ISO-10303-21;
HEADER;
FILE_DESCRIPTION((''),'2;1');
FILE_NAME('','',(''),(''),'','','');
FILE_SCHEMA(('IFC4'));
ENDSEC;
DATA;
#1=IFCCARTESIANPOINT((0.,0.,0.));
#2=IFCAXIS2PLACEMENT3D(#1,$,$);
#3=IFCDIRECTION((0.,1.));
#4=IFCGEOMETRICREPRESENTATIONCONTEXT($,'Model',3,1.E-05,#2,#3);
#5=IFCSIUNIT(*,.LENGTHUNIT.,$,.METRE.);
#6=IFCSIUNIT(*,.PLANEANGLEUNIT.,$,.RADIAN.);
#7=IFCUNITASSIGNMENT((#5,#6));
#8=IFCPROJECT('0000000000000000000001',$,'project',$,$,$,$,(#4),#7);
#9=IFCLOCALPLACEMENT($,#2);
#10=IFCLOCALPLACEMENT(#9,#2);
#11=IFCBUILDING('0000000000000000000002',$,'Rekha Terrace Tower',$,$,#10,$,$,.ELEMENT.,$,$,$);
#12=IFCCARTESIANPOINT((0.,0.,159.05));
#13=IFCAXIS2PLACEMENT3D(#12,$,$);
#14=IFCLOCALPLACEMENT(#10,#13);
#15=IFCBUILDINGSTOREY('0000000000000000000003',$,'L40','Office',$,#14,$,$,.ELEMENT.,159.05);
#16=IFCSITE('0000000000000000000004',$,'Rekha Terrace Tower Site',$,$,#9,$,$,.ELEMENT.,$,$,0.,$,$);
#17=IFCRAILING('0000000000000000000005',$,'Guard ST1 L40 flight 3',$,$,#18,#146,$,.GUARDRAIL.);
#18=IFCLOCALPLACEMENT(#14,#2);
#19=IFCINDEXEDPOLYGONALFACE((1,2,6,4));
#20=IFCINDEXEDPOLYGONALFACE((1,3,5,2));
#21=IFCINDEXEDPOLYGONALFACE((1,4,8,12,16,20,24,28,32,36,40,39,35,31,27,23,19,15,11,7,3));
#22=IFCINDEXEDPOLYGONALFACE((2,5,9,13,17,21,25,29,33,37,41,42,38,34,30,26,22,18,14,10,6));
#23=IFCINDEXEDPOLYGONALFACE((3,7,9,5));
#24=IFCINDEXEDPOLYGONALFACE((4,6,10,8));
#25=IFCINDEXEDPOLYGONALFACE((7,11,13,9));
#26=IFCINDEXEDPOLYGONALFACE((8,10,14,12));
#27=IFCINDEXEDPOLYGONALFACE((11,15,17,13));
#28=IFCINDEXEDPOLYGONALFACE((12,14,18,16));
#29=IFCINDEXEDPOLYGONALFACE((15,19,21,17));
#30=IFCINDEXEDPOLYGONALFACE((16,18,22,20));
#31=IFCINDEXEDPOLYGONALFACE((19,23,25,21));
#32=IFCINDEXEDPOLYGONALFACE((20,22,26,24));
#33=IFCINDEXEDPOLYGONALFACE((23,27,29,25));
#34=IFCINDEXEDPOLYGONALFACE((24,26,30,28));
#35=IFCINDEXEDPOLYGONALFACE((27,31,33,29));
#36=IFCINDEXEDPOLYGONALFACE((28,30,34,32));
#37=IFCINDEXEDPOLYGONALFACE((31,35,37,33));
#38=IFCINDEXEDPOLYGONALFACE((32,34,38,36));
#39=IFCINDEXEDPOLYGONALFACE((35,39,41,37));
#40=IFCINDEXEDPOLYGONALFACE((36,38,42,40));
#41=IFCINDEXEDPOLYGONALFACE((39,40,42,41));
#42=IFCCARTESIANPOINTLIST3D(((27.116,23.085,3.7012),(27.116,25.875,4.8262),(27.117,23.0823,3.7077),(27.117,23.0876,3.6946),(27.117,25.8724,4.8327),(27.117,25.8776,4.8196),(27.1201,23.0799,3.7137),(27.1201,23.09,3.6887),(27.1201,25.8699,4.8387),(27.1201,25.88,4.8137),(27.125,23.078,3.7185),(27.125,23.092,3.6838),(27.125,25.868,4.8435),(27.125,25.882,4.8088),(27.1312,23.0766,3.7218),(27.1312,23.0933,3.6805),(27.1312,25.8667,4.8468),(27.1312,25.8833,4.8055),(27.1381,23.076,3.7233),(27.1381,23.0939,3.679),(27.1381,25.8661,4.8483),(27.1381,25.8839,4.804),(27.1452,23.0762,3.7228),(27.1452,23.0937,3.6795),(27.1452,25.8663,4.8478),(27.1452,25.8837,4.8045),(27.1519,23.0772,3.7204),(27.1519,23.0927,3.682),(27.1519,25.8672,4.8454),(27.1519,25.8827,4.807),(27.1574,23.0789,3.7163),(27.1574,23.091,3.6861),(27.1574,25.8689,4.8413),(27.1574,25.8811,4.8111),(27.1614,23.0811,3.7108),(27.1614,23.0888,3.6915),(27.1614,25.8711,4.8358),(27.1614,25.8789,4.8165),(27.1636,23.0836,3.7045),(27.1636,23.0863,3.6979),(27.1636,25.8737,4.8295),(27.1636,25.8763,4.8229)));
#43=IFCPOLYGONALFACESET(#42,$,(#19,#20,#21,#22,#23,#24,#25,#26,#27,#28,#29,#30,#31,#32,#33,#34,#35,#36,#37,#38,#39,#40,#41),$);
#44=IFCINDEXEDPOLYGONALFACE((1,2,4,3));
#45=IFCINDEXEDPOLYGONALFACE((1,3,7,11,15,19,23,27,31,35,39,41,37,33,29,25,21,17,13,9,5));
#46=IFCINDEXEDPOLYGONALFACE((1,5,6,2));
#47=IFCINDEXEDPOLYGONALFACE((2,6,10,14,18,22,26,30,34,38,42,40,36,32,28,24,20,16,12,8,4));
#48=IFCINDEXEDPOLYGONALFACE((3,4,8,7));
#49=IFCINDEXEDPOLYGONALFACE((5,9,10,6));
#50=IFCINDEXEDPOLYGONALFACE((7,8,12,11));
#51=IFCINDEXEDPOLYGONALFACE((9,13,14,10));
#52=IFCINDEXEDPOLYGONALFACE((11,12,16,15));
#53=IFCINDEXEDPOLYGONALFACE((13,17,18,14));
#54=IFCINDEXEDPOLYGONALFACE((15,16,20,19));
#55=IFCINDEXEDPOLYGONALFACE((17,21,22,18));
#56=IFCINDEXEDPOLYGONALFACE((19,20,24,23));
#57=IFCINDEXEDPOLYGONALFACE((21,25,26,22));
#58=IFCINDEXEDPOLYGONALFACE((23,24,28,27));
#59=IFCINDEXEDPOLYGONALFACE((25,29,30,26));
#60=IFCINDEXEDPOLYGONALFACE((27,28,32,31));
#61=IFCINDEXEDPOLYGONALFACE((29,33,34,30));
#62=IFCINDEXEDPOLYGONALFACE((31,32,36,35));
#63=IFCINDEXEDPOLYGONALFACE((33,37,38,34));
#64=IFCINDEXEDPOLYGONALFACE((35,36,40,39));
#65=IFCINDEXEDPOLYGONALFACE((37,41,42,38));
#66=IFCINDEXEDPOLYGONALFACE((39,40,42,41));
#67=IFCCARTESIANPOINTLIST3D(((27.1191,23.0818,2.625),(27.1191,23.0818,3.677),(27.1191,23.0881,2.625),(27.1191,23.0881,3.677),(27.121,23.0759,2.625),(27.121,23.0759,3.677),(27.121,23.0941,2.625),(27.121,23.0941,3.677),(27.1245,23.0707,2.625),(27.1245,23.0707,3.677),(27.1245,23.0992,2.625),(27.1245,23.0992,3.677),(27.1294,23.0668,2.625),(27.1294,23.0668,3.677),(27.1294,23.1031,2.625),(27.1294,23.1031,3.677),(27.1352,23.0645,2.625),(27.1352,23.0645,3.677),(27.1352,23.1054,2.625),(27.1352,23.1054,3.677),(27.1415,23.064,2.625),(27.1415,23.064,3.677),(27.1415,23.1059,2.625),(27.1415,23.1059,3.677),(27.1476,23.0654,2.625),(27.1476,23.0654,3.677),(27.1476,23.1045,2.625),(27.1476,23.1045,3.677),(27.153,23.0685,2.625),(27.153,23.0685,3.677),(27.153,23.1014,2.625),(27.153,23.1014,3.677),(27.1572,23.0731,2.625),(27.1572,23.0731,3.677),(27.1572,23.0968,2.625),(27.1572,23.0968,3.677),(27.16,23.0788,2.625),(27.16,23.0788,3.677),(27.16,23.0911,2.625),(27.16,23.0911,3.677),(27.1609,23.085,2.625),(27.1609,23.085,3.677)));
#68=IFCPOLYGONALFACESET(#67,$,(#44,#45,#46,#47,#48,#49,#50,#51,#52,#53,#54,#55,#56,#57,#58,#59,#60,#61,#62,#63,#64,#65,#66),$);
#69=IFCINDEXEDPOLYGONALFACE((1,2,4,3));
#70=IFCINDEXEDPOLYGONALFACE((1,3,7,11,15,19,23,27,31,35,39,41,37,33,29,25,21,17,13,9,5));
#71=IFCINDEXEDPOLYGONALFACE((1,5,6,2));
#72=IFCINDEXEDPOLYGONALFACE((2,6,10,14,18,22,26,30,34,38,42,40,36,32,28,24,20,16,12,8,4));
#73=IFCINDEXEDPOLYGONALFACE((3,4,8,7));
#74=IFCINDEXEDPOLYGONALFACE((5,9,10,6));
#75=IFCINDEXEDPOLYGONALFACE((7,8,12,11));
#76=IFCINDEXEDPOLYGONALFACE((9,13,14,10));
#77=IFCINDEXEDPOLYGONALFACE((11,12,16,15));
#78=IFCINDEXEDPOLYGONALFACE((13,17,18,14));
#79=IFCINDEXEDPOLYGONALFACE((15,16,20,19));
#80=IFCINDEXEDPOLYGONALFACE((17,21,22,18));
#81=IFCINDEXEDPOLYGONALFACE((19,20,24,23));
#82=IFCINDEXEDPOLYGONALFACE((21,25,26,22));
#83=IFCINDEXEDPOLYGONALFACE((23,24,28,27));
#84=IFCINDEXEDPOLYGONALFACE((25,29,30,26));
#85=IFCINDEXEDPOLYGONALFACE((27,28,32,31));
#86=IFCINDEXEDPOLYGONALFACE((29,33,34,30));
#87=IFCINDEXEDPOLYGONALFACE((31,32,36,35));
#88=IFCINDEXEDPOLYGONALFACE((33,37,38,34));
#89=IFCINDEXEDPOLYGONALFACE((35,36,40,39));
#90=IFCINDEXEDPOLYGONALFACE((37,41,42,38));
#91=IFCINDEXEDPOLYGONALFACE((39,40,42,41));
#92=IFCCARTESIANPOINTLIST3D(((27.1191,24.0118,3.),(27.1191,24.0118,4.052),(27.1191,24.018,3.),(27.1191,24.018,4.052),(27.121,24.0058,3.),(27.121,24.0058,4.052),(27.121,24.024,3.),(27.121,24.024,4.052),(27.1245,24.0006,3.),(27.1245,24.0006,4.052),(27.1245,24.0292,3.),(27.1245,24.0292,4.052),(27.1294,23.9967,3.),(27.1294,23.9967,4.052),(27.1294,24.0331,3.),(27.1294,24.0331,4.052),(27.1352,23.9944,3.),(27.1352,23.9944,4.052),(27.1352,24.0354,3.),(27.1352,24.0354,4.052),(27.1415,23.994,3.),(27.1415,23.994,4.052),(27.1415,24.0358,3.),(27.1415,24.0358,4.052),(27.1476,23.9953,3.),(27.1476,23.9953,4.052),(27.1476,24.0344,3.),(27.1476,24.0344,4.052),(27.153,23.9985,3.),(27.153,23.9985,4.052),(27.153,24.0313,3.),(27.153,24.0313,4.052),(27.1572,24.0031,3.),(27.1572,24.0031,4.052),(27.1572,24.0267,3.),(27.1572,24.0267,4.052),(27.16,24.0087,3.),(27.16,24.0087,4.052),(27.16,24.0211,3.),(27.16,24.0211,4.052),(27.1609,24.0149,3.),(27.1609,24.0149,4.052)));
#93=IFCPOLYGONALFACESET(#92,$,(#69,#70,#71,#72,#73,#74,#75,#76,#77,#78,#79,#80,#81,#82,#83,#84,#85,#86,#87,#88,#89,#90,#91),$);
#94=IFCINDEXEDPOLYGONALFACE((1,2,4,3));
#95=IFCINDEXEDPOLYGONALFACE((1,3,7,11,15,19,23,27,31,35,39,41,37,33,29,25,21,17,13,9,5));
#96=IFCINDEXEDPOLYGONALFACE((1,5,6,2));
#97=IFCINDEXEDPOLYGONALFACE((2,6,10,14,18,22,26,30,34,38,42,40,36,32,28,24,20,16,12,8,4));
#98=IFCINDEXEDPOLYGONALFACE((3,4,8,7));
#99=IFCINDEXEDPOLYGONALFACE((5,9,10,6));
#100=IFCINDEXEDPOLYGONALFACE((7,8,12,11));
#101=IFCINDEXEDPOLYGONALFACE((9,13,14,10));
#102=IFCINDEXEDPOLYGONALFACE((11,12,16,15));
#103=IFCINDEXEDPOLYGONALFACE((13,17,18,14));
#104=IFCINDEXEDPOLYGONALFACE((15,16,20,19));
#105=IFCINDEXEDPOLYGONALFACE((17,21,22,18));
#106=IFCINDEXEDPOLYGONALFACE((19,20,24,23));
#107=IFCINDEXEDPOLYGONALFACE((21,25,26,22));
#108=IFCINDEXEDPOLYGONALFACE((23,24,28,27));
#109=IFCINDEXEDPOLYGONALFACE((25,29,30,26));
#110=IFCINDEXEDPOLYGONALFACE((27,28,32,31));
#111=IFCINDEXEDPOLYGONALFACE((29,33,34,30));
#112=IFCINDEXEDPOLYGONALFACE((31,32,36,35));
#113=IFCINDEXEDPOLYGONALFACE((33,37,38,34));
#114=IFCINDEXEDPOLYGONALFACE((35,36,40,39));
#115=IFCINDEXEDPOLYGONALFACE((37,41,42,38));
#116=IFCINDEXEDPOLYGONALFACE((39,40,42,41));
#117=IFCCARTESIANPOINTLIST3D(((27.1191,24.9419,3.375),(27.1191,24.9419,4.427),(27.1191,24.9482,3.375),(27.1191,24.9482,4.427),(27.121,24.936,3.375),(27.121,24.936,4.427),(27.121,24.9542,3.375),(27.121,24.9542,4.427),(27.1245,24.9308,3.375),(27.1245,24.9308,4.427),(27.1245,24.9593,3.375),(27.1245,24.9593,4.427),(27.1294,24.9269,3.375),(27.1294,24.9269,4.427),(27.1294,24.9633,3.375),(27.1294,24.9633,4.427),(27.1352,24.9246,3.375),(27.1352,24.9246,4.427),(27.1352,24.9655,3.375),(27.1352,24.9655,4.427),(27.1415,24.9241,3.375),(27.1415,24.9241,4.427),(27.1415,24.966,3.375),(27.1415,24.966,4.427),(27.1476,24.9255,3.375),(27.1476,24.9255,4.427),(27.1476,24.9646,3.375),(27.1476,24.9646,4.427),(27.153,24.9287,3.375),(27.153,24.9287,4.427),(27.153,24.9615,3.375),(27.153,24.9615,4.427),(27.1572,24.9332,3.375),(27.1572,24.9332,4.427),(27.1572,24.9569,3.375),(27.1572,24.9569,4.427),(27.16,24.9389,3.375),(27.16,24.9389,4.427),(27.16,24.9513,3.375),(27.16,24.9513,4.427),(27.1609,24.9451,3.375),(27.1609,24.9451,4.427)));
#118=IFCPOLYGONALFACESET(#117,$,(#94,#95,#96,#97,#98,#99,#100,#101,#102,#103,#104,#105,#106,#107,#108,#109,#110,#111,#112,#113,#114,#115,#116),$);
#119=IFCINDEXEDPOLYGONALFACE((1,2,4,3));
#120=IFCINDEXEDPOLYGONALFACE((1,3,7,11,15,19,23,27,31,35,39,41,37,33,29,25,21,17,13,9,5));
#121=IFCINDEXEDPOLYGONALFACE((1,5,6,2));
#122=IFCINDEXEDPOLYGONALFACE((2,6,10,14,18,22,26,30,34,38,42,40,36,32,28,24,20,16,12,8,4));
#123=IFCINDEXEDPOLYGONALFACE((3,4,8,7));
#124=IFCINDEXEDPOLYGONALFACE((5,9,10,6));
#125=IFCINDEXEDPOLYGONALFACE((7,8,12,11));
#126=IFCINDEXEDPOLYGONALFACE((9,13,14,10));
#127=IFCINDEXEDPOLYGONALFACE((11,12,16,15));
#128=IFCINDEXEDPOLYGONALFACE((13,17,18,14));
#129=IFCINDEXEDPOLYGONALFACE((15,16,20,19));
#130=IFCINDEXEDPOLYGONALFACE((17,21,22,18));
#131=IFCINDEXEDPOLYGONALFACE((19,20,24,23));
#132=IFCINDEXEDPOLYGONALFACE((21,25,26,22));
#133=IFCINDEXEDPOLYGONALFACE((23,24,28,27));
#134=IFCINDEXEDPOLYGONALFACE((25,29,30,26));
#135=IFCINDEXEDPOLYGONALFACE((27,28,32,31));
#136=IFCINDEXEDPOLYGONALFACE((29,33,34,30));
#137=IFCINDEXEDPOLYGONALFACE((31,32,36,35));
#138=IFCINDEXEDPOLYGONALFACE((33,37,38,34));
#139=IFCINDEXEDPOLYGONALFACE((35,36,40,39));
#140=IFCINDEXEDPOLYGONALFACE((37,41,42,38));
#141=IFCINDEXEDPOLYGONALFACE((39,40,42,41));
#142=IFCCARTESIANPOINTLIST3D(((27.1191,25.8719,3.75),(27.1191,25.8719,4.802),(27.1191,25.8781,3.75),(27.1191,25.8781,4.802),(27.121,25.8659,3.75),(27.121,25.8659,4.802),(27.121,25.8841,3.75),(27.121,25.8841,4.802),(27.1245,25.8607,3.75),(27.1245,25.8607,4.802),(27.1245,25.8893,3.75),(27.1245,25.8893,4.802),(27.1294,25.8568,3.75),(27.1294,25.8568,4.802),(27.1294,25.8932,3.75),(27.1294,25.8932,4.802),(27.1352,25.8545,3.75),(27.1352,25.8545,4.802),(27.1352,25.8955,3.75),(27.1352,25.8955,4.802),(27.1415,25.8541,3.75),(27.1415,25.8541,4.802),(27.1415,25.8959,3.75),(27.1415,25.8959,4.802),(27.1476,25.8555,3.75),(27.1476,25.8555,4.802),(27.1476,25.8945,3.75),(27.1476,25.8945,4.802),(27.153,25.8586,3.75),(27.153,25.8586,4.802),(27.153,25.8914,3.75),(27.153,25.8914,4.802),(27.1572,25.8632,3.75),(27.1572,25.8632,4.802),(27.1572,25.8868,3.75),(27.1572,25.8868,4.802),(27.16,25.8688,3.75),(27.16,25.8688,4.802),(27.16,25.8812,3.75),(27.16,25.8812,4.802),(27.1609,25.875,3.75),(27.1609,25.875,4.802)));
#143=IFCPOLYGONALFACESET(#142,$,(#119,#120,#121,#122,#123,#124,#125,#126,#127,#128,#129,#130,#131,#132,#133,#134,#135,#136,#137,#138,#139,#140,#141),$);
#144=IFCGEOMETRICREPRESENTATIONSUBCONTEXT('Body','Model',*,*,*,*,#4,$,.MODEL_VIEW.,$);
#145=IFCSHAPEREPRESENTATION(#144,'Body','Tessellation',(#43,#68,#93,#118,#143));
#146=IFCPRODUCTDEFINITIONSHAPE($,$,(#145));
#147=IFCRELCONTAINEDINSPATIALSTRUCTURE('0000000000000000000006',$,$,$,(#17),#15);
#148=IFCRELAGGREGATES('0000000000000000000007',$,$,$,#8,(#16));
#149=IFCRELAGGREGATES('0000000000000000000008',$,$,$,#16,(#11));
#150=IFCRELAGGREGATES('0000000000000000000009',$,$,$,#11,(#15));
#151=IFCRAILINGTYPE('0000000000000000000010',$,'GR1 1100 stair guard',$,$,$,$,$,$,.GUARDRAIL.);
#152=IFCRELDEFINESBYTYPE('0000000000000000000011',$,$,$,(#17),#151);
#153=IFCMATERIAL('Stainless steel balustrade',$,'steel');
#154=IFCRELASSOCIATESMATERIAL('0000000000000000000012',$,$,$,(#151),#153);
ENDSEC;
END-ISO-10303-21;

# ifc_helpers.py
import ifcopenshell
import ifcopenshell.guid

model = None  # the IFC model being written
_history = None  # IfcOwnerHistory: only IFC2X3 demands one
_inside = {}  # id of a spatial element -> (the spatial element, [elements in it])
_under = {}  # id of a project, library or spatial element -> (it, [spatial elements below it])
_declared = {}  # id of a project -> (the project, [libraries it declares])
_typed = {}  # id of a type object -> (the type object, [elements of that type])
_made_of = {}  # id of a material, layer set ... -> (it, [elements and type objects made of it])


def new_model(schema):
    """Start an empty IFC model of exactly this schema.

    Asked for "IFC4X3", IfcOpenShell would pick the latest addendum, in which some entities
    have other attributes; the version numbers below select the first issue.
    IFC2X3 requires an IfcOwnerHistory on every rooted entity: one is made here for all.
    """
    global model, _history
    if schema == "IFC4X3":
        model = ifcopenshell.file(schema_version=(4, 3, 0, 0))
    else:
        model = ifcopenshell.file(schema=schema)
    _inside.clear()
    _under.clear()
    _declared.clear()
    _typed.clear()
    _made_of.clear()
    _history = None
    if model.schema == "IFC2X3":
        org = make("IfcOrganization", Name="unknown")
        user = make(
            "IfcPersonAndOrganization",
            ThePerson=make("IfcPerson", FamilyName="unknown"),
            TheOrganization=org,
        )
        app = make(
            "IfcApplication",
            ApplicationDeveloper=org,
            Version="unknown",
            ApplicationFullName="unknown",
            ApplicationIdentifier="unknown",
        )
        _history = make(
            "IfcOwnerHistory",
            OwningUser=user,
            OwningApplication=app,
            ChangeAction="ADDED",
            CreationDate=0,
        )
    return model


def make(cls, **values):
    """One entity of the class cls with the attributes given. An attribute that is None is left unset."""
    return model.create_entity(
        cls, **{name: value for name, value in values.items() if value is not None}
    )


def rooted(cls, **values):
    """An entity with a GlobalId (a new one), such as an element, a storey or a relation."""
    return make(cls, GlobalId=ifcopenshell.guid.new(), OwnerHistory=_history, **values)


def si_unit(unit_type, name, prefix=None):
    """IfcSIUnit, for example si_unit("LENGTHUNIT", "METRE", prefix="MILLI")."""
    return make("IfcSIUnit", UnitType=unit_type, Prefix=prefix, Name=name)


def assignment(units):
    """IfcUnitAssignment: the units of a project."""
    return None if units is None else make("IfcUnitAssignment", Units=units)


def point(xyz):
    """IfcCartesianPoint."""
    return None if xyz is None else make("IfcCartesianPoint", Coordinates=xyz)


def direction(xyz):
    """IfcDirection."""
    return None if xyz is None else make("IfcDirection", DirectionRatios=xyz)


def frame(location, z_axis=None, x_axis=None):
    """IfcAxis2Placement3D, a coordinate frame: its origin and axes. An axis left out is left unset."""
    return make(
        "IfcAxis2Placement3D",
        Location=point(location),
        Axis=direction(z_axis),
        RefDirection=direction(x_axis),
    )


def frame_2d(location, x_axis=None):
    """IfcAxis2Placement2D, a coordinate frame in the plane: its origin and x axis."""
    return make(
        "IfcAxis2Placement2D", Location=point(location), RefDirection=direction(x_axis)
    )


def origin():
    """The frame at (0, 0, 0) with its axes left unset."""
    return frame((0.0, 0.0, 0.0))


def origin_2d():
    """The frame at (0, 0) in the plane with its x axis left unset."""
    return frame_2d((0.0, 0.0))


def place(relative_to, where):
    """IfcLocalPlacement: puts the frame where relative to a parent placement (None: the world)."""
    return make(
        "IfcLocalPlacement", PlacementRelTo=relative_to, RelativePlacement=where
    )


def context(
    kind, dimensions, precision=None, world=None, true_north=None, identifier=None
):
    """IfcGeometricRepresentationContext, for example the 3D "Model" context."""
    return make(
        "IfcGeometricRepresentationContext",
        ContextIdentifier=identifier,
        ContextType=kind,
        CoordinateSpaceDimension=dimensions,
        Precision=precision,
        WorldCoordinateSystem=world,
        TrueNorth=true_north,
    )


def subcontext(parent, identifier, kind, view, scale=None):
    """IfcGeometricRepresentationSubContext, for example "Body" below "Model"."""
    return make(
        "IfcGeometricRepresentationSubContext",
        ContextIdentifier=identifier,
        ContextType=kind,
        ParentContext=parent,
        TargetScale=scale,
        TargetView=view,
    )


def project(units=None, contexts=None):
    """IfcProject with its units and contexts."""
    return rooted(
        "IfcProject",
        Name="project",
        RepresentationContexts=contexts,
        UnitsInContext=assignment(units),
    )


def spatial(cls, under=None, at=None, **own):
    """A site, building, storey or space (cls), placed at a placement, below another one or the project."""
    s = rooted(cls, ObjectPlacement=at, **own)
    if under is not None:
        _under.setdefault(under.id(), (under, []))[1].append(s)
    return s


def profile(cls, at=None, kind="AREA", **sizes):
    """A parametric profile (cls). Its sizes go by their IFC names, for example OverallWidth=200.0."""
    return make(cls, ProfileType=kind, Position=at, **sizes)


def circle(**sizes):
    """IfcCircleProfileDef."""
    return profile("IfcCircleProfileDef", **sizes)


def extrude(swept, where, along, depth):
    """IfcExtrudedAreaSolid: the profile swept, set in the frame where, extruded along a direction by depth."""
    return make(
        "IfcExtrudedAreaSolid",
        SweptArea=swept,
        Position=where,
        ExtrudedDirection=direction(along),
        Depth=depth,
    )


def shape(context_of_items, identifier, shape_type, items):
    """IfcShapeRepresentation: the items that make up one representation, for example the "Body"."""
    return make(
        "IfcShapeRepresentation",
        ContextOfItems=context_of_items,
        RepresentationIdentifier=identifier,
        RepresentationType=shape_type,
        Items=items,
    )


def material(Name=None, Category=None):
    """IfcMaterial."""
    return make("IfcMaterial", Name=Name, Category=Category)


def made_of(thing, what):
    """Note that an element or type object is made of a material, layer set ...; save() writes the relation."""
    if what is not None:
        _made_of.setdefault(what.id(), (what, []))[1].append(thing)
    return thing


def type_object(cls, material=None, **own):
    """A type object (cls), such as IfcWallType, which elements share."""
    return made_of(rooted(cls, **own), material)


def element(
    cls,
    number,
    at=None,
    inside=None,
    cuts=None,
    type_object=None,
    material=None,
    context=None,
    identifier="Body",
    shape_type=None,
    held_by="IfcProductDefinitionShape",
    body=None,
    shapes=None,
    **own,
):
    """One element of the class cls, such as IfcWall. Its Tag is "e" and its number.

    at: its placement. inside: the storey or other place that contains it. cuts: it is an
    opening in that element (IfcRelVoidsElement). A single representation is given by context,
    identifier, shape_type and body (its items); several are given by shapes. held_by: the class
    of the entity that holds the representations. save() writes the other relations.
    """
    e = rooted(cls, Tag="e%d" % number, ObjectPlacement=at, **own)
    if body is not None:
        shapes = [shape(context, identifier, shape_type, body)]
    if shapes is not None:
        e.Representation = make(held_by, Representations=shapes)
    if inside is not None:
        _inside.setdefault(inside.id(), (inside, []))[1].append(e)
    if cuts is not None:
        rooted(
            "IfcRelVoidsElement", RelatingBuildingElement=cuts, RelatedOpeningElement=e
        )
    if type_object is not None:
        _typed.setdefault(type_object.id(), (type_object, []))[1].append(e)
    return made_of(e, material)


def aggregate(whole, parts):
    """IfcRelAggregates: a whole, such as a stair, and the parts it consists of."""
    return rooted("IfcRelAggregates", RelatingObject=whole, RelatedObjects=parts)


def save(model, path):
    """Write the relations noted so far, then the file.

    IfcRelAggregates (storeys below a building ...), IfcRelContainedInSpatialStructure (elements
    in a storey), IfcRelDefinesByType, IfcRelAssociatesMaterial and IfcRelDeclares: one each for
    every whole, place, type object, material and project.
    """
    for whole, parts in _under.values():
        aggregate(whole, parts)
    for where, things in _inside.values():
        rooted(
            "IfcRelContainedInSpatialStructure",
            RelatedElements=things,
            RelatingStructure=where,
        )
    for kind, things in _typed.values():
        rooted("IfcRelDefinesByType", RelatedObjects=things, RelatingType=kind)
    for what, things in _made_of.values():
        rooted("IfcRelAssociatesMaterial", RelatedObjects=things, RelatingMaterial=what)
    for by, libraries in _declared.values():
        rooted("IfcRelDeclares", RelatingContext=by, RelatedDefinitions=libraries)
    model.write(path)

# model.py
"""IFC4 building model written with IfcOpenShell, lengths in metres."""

from ifc_helpers import new_model, si_unit, direction, frame, origin, origin_2d, place, context, subcontext, project, spatial, circle, extrude, material, type_object, element, save


model = new_model("IFC4")

# Units and contexts
model_context = context("Model", 3, precision=1e-05, world=origin(), true_north=direction((0.0, 1.0)))
body_context = subcontext(model_context, "Body", "Model", "MODEL_VIEW")
ifc_project = project(units=[si_unit("LENGTHUNIT", "METRE"), si_unit("PLANEANGLEUNIT", "RADIAN")], contexts=[model_context])

# Site, building, storey
site_placement = place(None, origin())
site = spatial("IfcSite", under=ifc_project, at=site_placement, Name="Rekha Terrace Tower Site", CompositionType="ELEMENT", RefElevation=0.0)
building_placement = place(site_placement, origin())
building = spatial("IfcBuilding", under=site, at=building_placement, Name="Rekha Terrace Tower", CompositionType="ELEMENT")
storey_placement = place(building_placement, frame((0.0, 0.0, 159.05)))
storey = spatial("IfcBuildingStorey", under=building, at=storey_placement, Name="L40", Description="Office", CompositionType="ELEMENT", Elevation=159.05)

# Railing
ifc_material_1 = material(Name="Stainless steel balustrade", Category="steel")
railing_type_1 = type_object("IfcRailingType", Name="GR1 1100 stair guard", PredefinedType="GUARDRAIL", material=ifc_material_1)
railing_1_placement = place(storey_placement, frame((27.1399, 23.085, 2.625)))
element("IfcRailing", 1, at=railing_1_placement, inside=storey, type_object=railing_type_1, Name="Guard ST1 L40 flight 3", PredefinedType="GUARDRAIL", context=body_context, shape_type="SweptSolid", body=[
    extrude(circle(Radius=0.0239, at=origin_2d()), frame((0.0, 0.0, 1.0762), z_axis=(0.0, 0.927443, 0.373964), x_axis=(-1.0, 0.0, 0.0)), (0.0, 0.0, 1.0), 3.0083),
    extrude(circle(Radius=0.021, at=origin_2d()), origin(), (0.0, 0.0, 1.0), 1.052),
    extrude(circle(Radius=0.021, at=origin_2d()), frame((0.0, 0.9299, 0.375)), (0.0, 0.0, 1.0), 1.052),
    extrude(circle(Radius=0.021, at=origin_2d()), frame((0.0, 1.8601, 0.75)), (0.0, 0.0, 1.0), 1.052),
    extrude(circle(Radius=0.021, at=origin_2d()), frame((0.0, 2.79, 1.125)), (0.0, 0.0, 1.0), 1.052),
])

save(model, "model.ifc")
